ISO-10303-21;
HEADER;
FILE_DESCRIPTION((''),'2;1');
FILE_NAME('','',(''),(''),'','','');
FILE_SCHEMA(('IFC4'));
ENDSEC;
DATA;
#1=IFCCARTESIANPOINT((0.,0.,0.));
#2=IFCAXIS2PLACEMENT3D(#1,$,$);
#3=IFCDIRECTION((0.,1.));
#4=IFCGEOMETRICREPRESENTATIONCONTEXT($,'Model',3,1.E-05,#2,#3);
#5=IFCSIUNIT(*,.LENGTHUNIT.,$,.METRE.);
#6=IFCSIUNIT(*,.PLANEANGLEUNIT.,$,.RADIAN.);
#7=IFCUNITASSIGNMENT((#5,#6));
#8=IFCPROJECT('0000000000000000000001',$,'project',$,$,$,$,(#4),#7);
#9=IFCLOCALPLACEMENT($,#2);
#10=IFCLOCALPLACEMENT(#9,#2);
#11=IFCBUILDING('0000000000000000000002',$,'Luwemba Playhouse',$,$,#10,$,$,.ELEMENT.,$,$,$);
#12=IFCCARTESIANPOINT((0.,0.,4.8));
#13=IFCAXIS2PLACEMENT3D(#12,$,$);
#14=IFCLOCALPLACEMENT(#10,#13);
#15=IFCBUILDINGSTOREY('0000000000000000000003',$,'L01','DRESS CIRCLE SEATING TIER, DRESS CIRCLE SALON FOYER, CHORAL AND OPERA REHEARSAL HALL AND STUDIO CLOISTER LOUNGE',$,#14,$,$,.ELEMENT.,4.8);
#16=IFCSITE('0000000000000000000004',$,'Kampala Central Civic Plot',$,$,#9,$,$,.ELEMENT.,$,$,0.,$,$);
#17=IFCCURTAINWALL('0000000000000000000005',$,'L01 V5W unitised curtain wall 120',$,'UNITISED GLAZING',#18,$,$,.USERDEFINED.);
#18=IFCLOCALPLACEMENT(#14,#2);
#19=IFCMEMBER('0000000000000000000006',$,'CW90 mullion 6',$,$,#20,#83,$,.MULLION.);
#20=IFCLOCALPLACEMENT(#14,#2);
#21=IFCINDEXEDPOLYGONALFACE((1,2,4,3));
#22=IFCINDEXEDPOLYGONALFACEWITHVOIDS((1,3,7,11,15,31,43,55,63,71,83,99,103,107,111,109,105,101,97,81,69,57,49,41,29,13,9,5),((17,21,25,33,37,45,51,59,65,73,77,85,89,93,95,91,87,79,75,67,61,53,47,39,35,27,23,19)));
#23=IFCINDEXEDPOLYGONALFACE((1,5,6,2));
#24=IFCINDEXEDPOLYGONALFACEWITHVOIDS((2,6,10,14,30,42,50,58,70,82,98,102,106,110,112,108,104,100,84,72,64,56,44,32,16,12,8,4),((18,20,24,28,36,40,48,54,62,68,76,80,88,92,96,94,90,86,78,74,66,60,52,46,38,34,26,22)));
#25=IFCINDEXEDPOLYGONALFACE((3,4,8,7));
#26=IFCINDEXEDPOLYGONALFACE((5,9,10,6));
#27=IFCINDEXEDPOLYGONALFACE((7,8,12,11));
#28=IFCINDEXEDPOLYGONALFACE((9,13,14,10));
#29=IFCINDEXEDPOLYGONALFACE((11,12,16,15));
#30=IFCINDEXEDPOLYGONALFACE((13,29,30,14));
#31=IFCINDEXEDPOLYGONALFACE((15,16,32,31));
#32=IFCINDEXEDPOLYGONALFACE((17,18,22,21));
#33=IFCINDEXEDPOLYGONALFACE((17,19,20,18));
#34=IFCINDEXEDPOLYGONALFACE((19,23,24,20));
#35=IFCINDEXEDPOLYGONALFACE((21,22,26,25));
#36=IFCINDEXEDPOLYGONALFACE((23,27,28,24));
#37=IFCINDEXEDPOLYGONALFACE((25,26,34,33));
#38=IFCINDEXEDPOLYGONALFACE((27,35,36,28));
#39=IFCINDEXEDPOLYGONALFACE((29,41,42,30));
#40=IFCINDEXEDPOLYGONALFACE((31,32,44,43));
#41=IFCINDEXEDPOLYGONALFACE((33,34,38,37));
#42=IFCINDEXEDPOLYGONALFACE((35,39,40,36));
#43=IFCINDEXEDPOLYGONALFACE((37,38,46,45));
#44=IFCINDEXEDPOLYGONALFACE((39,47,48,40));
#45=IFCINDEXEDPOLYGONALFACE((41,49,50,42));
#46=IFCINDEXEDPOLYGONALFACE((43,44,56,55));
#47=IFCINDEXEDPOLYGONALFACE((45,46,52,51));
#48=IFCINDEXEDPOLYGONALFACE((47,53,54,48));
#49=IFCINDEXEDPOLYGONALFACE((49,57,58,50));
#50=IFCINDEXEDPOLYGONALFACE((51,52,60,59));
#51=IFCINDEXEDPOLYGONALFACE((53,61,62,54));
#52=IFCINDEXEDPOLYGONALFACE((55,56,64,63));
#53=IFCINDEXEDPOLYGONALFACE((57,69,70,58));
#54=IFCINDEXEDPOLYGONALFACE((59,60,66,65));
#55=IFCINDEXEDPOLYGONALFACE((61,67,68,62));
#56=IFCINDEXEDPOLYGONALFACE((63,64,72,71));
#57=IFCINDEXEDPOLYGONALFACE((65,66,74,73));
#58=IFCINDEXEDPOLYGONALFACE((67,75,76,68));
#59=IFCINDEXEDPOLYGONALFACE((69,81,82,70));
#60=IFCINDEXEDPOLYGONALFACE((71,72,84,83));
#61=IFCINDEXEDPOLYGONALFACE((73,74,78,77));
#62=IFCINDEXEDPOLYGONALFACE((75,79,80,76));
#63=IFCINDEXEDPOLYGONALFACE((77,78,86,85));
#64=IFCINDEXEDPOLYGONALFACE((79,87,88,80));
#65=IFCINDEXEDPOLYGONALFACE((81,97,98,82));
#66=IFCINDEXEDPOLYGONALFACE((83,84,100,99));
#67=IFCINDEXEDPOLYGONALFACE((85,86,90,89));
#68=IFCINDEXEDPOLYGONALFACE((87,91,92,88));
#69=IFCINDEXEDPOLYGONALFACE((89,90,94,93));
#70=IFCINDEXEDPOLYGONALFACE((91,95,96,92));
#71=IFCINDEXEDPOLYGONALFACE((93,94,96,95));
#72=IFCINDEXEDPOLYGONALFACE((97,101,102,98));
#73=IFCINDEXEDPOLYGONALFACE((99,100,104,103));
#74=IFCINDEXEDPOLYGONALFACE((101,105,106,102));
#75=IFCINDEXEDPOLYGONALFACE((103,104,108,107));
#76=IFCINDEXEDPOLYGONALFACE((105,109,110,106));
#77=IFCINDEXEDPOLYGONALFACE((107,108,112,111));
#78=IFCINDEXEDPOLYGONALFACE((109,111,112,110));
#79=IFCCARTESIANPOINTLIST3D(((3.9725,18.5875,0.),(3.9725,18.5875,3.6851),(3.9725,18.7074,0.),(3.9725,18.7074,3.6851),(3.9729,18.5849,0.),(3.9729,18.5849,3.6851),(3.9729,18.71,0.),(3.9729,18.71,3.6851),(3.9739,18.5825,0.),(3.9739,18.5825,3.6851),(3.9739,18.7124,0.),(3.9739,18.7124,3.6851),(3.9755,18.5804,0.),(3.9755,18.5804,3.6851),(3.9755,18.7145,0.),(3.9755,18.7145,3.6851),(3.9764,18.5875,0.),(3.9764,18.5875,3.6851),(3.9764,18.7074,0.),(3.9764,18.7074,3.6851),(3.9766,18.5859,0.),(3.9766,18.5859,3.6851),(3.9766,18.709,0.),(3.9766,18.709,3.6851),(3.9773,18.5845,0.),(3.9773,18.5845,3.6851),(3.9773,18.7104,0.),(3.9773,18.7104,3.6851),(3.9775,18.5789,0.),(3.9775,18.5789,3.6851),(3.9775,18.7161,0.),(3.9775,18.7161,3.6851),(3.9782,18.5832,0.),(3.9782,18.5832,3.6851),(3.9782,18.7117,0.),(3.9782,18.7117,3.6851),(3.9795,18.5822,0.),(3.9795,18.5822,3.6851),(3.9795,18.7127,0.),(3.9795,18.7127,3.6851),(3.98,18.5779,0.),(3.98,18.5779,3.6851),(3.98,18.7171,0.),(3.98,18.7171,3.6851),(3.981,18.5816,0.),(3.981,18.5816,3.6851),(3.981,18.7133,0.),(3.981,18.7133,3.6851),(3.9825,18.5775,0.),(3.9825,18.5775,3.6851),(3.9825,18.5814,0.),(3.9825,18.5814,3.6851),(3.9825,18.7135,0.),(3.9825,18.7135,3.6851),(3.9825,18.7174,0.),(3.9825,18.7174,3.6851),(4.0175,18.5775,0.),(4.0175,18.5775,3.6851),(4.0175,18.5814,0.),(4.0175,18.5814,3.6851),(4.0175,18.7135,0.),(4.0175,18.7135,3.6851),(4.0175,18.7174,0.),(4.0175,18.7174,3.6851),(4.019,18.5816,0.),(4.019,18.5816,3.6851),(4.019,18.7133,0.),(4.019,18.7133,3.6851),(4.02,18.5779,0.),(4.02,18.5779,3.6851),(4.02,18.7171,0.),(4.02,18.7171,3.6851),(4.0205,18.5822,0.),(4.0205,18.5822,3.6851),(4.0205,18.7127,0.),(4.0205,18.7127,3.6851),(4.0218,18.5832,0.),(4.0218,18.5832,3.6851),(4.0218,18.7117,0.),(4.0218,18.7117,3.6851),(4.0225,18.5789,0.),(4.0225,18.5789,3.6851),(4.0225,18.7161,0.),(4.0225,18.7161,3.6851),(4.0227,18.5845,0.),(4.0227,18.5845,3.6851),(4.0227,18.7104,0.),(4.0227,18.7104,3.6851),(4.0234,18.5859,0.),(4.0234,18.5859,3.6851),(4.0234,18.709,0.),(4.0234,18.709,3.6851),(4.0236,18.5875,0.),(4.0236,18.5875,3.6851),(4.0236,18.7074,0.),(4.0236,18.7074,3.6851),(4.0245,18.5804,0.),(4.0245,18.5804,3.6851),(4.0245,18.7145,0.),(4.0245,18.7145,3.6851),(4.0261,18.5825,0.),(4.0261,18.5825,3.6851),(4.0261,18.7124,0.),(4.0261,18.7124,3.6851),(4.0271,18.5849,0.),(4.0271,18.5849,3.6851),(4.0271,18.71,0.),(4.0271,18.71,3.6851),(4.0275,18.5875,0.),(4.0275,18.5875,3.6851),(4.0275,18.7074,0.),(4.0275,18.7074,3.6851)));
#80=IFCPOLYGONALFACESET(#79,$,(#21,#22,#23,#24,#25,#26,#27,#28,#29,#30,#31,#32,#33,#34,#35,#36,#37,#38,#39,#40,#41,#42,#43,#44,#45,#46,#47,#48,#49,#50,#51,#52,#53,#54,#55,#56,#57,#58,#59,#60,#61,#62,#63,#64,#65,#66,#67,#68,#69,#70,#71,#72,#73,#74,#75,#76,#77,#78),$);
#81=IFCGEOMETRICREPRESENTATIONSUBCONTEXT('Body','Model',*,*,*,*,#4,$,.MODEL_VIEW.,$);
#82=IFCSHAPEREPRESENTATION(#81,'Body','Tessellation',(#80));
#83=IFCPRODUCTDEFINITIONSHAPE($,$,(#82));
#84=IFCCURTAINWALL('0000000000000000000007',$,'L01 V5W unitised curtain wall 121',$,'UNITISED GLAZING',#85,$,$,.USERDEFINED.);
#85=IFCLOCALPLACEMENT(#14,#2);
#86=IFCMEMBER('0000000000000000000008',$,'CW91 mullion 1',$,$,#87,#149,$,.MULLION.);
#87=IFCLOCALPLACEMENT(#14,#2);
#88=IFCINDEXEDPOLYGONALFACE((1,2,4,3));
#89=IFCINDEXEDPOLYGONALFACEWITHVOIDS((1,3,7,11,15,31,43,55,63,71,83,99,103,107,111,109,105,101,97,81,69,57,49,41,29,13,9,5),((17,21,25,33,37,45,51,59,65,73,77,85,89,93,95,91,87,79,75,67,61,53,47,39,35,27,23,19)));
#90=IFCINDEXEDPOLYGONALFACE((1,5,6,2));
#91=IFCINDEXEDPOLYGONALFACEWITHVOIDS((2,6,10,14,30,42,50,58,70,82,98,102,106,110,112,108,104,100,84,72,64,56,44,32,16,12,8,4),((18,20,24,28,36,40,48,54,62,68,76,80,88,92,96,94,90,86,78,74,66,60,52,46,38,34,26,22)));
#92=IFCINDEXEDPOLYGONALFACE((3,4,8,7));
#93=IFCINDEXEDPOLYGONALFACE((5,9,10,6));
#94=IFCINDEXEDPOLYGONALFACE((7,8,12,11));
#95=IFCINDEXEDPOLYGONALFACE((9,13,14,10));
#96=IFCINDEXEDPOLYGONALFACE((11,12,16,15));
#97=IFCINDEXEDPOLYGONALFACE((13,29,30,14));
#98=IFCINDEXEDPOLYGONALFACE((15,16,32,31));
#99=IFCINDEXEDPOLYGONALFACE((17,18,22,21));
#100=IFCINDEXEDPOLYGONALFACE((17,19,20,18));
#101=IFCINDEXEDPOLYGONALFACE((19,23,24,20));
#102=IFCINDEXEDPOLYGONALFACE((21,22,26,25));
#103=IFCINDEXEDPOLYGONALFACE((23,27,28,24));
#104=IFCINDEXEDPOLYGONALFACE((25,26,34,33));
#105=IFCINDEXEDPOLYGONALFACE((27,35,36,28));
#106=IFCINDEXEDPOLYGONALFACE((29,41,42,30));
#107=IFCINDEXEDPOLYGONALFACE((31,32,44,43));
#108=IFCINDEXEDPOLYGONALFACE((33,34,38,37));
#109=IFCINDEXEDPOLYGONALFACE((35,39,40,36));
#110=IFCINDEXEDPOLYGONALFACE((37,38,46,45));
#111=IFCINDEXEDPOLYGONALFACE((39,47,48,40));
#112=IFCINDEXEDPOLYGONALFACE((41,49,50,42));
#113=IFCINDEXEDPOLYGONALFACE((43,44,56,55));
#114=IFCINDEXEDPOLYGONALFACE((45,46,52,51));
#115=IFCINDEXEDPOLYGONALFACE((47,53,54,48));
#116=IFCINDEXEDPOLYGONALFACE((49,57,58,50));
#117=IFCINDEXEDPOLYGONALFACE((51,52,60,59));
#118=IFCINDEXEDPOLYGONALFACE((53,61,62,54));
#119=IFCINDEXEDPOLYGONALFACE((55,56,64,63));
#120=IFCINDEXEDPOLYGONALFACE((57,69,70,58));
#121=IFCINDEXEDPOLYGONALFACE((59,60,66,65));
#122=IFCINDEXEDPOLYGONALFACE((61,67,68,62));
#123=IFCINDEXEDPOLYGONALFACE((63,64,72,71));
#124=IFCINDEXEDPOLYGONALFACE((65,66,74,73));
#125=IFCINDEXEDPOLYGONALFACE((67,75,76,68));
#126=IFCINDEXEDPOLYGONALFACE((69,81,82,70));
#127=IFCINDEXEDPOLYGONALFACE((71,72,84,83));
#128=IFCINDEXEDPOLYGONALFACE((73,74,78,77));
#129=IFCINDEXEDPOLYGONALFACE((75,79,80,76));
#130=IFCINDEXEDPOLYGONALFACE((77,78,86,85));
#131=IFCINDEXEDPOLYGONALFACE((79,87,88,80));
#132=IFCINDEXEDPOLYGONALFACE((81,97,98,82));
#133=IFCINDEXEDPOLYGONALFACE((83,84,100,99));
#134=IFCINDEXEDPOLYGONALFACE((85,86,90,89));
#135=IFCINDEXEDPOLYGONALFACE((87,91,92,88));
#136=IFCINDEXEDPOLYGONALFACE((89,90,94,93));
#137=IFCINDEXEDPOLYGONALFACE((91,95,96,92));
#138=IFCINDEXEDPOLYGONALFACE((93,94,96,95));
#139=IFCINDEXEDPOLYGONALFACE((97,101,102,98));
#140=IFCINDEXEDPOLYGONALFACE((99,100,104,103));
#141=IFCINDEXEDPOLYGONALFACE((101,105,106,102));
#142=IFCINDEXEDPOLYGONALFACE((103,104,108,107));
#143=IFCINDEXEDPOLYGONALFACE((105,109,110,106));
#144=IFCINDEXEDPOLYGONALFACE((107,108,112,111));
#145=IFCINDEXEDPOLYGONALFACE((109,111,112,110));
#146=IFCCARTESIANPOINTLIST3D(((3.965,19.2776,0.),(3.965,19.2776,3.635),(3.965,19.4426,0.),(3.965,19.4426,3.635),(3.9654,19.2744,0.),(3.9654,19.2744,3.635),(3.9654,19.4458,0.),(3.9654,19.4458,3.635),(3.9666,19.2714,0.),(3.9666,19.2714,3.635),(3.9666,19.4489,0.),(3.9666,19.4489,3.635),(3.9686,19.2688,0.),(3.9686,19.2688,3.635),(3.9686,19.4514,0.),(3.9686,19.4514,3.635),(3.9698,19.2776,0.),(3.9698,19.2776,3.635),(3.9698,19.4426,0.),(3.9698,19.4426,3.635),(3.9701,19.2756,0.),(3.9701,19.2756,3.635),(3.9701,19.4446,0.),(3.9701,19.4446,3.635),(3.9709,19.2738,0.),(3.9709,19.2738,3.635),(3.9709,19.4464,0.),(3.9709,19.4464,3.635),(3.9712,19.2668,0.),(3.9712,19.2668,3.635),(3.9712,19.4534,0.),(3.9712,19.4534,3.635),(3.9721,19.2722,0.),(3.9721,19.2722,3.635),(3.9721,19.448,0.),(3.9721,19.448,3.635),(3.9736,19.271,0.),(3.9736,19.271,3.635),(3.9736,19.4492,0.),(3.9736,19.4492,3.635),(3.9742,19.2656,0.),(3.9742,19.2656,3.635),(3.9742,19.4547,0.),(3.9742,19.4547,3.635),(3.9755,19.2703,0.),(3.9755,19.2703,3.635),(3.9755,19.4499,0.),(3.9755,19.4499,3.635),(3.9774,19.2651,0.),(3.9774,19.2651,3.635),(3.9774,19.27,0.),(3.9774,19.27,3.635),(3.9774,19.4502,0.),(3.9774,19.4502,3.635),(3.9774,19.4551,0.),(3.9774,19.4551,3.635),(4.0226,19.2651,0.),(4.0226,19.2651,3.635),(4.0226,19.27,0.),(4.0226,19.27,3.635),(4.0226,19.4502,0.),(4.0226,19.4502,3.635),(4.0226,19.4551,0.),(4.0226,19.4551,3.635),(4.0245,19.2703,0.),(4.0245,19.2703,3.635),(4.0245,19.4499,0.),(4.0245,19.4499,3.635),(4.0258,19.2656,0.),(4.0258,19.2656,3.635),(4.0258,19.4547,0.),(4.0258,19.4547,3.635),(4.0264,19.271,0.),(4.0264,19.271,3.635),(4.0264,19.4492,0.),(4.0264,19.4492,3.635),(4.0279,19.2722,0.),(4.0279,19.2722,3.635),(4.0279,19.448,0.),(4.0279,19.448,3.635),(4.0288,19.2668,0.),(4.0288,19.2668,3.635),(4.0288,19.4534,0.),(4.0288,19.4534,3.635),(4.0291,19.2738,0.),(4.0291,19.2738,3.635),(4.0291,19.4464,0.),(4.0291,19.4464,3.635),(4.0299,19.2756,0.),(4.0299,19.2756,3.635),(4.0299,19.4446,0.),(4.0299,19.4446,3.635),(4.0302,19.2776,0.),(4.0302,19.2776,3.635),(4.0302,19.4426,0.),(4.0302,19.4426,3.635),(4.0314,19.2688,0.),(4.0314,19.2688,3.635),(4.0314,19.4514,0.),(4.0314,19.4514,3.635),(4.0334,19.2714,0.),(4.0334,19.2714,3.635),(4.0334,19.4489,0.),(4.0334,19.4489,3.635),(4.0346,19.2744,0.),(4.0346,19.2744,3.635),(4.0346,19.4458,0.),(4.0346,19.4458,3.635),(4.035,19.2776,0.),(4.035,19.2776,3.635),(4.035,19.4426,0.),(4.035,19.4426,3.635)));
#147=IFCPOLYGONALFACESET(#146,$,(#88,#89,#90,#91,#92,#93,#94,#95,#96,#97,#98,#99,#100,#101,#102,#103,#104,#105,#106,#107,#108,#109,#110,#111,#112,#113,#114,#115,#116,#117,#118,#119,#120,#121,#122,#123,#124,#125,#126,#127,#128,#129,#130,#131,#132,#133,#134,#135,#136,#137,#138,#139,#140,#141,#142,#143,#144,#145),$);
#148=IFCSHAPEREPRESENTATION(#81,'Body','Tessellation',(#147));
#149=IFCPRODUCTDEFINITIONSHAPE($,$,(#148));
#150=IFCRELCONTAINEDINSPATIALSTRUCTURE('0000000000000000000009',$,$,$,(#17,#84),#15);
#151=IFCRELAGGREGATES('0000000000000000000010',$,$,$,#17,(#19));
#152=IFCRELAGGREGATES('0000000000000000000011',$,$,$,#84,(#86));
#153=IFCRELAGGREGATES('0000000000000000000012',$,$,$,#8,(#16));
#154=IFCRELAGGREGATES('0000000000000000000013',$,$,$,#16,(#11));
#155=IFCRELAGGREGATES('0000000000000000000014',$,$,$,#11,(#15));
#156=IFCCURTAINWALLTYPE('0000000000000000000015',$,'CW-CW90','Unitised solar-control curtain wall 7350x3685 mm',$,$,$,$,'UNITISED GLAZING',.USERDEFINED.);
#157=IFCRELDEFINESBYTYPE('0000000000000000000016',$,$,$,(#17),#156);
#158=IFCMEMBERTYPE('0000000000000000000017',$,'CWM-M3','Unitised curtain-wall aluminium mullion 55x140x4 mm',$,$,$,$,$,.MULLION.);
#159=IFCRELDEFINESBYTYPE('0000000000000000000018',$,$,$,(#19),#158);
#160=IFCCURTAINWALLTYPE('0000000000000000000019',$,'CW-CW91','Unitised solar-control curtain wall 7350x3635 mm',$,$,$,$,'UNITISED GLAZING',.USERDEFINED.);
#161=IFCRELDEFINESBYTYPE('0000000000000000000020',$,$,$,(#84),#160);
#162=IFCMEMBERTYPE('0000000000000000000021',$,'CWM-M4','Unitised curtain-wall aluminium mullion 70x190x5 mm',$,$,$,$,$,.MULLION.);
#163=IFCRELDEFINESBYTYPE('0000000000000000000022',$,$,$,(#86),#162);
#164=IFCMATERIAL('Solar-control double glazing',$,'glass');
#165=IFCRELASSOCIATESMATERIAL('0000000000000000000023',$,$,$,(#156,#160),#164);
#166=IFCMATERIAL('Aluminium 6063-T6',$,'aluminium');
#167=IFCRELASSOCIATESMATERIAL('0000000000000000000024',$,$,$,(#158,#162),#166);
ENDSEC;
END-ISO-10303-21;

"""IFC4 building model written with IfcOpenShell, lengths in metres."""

from ifc_helpers import new_model, si_unit, direction, frame, origin, origin_2d, place, context, subcontext, project, spatial, hollow_rectangle, extrude, material, material_profile, profile_set, type_object, element, aggregate, save


model = new_model("IFC4")

# Units and contexts
model_context = context("Model", 3, precision=1e-05, world=origin(), true_north=direction((0.0, 1.0)))
body_context = subcontext(model_context, "Body", "Model", "MODEL_VIEW")
ifc_project = project(units=[si_unit("LENGTHUNIT", "METRE"), si_unit("PLANEANGLEUNIT", "RADIAN")], contexts=[model_context])

# Site, building, storey
site_placement = place(None, origin())
site = spatial("IfcSite", under=ifc_project, at=site_placement, Name="Kampala Central Civic Plot", CompositionType="ELEMENT", RefElevation=0.0)
building_placement = place(site_placement, origin())
building = spatial("IfcBuilding", under=site, at=building_placement, Name="Luwemba Playhouse", CompositionType="ELEMENT")
storey_placement = place(building_placement, frame((0.0, 0.0, 4.8)))
storey = spatial("IfcBuildingStorey", under=building, at=storey_placement, Name="L01", Description="DRESS CIRCLE SEATING TIER, DRESS CIRCLE SALON FOYER, CHORAL AND OPERA REHEARSAL HALL AND STUDIO CLOISTER LOUNGE", CompositionType="ELEMENT", Elevation=4.8)

# Curtain walls, members
ifc_material_1 = material(Name="Solar-control double glazing", Category="glass")
curtain_wall_type_1 = type_object("IfcCurtainWallType", Name="CW-CW90", Description="Unitised solar-control curtain wall 7350x3685 mm", ElementType="UNITISED GLAZING", PredefinedType="USERDEFINED", material=ifc_material_1)
curtain_wall_1_placement = place(storey_placement, origin())
curtain_wall_1 = element("IfcCurtainWall", 1, at=curtain_wall_1_placement, inside=storey, type_object=curtain_wall_type_1, Name="L01 V5W unitised curtain wall 120", ObjectType="UNITISED GLAZING", PredefinedType="USERDEFINED")
ifc_material_2 = material(Name="Aluminium 6063-T6", Category="aluminium")
ifc_material_profile_1 = material_profile(ifc_material_2, hollow_rectangle(XDim=0.0549, YDim=0.1399, WallThickness=0.0039, InnerFilletRadius=0.0061, OuterFilletRadius=0.01, at=origin_2d()))
ifc_profile_set_1 = profile_set([ifc_material_profile_1], Name="Aluminium 6063-T6")
member_type_1 = type_object("IfcMemberType", Name="CWM-M3", Description="Unitised curtain-wall aluminium mullion 55x140x4 mm", PredefinedType="MULLION", material=ifc_profile_set_1)
member_1_placement = place(storey_placement, frame((4.0, 18.6475, 0.0), z_axis=(0.0, 0.0, 1.0), x_axis=(-1.0, 0.0, 0.0)))
member_1 = element("IfcMember", 2, at=member_1_placement, type_object=member_type_1, Name="CW90 mullion 6", PredefinedType="MULLION", context=body_context, shape_type="SweptSolid", body=[
    extrude(hollow_rectangle(XDim=0.0549, YDim=0.1399, WallThickness=0.0039, InnerFilletRadius=0.0061, OuterFilletRadius=0.01, at=origin_2d()), origin(), (0.0, 0.0, 1.0), 3.6851),
])
curtain_wall_type_2 = type_object("IfcCurtainWallType", Name="CW-CW91", Description="Unitised solar-control curtain wall 7350x3635 mm", ElementType="UNITISED GLAZING", PredefinedType="USERDEFINED", material=ifc_material_1)
curtain_wall_2_placement = place(storey_placement, origin())
curtain_wall_2 = element("IfcCurtainWall", 3, at=curtain_wall_2_placement, inside=storey, type_object=curtain_wall_type_2, Name="L01 V5W unitised curtain wall 121", ObjectType="UNITISED GLAZING", PredefinedType="USERDEFINED")
ifc_material_profile_2 = material_profile(ifc_material_2, hollow_rectangle(XDim=0.0701, YDim=0.1899, WallThickness=0.0049, InnerFilletRadius=0.0076, OuterFilletRadius=0.0125, at=origin_2d()))
ifc_profile_set_2 = profile_set([ifc_material_profile_2], Name="Aluminium 6063-T6")
member_type_2 = type_object("IfcMemberType", Name="CWM-M4", Description="Unitised curtain-wall aluminium mullion 70x190x5 mm", PredefinedType="MULLION", material=ifc_profile_set_2)
member_2_placement = place(storey_placement, frame((4.0, 19.3601, 0.0), z_axis=(0.0, 0.0, 1.0), x_axis=(-1.0, 0.0, 0.0)))
member_2 = element("IfcMember", 4, at=member_2_placement, type_object=member_type_2, Name="CW91 mullion 1", PredefinedType="MULLION", context=body_context, shape_type="SweptSolid", body=[
    extrude(hollow_rectangle(XDim=0.0701, YDim=0.1899, WallThickness=0.0049, InnerFilletRadius=0.0076, OuterFilletRadius=0.0125, at=origin_2d()), origin(), (0.0, 0.0, 1.0), 3.635),
])

aggregate(curtain_wall_1, [member_1])
aggregate(curtain_wall_2, [member_2])

save(model, "model.ifc")
